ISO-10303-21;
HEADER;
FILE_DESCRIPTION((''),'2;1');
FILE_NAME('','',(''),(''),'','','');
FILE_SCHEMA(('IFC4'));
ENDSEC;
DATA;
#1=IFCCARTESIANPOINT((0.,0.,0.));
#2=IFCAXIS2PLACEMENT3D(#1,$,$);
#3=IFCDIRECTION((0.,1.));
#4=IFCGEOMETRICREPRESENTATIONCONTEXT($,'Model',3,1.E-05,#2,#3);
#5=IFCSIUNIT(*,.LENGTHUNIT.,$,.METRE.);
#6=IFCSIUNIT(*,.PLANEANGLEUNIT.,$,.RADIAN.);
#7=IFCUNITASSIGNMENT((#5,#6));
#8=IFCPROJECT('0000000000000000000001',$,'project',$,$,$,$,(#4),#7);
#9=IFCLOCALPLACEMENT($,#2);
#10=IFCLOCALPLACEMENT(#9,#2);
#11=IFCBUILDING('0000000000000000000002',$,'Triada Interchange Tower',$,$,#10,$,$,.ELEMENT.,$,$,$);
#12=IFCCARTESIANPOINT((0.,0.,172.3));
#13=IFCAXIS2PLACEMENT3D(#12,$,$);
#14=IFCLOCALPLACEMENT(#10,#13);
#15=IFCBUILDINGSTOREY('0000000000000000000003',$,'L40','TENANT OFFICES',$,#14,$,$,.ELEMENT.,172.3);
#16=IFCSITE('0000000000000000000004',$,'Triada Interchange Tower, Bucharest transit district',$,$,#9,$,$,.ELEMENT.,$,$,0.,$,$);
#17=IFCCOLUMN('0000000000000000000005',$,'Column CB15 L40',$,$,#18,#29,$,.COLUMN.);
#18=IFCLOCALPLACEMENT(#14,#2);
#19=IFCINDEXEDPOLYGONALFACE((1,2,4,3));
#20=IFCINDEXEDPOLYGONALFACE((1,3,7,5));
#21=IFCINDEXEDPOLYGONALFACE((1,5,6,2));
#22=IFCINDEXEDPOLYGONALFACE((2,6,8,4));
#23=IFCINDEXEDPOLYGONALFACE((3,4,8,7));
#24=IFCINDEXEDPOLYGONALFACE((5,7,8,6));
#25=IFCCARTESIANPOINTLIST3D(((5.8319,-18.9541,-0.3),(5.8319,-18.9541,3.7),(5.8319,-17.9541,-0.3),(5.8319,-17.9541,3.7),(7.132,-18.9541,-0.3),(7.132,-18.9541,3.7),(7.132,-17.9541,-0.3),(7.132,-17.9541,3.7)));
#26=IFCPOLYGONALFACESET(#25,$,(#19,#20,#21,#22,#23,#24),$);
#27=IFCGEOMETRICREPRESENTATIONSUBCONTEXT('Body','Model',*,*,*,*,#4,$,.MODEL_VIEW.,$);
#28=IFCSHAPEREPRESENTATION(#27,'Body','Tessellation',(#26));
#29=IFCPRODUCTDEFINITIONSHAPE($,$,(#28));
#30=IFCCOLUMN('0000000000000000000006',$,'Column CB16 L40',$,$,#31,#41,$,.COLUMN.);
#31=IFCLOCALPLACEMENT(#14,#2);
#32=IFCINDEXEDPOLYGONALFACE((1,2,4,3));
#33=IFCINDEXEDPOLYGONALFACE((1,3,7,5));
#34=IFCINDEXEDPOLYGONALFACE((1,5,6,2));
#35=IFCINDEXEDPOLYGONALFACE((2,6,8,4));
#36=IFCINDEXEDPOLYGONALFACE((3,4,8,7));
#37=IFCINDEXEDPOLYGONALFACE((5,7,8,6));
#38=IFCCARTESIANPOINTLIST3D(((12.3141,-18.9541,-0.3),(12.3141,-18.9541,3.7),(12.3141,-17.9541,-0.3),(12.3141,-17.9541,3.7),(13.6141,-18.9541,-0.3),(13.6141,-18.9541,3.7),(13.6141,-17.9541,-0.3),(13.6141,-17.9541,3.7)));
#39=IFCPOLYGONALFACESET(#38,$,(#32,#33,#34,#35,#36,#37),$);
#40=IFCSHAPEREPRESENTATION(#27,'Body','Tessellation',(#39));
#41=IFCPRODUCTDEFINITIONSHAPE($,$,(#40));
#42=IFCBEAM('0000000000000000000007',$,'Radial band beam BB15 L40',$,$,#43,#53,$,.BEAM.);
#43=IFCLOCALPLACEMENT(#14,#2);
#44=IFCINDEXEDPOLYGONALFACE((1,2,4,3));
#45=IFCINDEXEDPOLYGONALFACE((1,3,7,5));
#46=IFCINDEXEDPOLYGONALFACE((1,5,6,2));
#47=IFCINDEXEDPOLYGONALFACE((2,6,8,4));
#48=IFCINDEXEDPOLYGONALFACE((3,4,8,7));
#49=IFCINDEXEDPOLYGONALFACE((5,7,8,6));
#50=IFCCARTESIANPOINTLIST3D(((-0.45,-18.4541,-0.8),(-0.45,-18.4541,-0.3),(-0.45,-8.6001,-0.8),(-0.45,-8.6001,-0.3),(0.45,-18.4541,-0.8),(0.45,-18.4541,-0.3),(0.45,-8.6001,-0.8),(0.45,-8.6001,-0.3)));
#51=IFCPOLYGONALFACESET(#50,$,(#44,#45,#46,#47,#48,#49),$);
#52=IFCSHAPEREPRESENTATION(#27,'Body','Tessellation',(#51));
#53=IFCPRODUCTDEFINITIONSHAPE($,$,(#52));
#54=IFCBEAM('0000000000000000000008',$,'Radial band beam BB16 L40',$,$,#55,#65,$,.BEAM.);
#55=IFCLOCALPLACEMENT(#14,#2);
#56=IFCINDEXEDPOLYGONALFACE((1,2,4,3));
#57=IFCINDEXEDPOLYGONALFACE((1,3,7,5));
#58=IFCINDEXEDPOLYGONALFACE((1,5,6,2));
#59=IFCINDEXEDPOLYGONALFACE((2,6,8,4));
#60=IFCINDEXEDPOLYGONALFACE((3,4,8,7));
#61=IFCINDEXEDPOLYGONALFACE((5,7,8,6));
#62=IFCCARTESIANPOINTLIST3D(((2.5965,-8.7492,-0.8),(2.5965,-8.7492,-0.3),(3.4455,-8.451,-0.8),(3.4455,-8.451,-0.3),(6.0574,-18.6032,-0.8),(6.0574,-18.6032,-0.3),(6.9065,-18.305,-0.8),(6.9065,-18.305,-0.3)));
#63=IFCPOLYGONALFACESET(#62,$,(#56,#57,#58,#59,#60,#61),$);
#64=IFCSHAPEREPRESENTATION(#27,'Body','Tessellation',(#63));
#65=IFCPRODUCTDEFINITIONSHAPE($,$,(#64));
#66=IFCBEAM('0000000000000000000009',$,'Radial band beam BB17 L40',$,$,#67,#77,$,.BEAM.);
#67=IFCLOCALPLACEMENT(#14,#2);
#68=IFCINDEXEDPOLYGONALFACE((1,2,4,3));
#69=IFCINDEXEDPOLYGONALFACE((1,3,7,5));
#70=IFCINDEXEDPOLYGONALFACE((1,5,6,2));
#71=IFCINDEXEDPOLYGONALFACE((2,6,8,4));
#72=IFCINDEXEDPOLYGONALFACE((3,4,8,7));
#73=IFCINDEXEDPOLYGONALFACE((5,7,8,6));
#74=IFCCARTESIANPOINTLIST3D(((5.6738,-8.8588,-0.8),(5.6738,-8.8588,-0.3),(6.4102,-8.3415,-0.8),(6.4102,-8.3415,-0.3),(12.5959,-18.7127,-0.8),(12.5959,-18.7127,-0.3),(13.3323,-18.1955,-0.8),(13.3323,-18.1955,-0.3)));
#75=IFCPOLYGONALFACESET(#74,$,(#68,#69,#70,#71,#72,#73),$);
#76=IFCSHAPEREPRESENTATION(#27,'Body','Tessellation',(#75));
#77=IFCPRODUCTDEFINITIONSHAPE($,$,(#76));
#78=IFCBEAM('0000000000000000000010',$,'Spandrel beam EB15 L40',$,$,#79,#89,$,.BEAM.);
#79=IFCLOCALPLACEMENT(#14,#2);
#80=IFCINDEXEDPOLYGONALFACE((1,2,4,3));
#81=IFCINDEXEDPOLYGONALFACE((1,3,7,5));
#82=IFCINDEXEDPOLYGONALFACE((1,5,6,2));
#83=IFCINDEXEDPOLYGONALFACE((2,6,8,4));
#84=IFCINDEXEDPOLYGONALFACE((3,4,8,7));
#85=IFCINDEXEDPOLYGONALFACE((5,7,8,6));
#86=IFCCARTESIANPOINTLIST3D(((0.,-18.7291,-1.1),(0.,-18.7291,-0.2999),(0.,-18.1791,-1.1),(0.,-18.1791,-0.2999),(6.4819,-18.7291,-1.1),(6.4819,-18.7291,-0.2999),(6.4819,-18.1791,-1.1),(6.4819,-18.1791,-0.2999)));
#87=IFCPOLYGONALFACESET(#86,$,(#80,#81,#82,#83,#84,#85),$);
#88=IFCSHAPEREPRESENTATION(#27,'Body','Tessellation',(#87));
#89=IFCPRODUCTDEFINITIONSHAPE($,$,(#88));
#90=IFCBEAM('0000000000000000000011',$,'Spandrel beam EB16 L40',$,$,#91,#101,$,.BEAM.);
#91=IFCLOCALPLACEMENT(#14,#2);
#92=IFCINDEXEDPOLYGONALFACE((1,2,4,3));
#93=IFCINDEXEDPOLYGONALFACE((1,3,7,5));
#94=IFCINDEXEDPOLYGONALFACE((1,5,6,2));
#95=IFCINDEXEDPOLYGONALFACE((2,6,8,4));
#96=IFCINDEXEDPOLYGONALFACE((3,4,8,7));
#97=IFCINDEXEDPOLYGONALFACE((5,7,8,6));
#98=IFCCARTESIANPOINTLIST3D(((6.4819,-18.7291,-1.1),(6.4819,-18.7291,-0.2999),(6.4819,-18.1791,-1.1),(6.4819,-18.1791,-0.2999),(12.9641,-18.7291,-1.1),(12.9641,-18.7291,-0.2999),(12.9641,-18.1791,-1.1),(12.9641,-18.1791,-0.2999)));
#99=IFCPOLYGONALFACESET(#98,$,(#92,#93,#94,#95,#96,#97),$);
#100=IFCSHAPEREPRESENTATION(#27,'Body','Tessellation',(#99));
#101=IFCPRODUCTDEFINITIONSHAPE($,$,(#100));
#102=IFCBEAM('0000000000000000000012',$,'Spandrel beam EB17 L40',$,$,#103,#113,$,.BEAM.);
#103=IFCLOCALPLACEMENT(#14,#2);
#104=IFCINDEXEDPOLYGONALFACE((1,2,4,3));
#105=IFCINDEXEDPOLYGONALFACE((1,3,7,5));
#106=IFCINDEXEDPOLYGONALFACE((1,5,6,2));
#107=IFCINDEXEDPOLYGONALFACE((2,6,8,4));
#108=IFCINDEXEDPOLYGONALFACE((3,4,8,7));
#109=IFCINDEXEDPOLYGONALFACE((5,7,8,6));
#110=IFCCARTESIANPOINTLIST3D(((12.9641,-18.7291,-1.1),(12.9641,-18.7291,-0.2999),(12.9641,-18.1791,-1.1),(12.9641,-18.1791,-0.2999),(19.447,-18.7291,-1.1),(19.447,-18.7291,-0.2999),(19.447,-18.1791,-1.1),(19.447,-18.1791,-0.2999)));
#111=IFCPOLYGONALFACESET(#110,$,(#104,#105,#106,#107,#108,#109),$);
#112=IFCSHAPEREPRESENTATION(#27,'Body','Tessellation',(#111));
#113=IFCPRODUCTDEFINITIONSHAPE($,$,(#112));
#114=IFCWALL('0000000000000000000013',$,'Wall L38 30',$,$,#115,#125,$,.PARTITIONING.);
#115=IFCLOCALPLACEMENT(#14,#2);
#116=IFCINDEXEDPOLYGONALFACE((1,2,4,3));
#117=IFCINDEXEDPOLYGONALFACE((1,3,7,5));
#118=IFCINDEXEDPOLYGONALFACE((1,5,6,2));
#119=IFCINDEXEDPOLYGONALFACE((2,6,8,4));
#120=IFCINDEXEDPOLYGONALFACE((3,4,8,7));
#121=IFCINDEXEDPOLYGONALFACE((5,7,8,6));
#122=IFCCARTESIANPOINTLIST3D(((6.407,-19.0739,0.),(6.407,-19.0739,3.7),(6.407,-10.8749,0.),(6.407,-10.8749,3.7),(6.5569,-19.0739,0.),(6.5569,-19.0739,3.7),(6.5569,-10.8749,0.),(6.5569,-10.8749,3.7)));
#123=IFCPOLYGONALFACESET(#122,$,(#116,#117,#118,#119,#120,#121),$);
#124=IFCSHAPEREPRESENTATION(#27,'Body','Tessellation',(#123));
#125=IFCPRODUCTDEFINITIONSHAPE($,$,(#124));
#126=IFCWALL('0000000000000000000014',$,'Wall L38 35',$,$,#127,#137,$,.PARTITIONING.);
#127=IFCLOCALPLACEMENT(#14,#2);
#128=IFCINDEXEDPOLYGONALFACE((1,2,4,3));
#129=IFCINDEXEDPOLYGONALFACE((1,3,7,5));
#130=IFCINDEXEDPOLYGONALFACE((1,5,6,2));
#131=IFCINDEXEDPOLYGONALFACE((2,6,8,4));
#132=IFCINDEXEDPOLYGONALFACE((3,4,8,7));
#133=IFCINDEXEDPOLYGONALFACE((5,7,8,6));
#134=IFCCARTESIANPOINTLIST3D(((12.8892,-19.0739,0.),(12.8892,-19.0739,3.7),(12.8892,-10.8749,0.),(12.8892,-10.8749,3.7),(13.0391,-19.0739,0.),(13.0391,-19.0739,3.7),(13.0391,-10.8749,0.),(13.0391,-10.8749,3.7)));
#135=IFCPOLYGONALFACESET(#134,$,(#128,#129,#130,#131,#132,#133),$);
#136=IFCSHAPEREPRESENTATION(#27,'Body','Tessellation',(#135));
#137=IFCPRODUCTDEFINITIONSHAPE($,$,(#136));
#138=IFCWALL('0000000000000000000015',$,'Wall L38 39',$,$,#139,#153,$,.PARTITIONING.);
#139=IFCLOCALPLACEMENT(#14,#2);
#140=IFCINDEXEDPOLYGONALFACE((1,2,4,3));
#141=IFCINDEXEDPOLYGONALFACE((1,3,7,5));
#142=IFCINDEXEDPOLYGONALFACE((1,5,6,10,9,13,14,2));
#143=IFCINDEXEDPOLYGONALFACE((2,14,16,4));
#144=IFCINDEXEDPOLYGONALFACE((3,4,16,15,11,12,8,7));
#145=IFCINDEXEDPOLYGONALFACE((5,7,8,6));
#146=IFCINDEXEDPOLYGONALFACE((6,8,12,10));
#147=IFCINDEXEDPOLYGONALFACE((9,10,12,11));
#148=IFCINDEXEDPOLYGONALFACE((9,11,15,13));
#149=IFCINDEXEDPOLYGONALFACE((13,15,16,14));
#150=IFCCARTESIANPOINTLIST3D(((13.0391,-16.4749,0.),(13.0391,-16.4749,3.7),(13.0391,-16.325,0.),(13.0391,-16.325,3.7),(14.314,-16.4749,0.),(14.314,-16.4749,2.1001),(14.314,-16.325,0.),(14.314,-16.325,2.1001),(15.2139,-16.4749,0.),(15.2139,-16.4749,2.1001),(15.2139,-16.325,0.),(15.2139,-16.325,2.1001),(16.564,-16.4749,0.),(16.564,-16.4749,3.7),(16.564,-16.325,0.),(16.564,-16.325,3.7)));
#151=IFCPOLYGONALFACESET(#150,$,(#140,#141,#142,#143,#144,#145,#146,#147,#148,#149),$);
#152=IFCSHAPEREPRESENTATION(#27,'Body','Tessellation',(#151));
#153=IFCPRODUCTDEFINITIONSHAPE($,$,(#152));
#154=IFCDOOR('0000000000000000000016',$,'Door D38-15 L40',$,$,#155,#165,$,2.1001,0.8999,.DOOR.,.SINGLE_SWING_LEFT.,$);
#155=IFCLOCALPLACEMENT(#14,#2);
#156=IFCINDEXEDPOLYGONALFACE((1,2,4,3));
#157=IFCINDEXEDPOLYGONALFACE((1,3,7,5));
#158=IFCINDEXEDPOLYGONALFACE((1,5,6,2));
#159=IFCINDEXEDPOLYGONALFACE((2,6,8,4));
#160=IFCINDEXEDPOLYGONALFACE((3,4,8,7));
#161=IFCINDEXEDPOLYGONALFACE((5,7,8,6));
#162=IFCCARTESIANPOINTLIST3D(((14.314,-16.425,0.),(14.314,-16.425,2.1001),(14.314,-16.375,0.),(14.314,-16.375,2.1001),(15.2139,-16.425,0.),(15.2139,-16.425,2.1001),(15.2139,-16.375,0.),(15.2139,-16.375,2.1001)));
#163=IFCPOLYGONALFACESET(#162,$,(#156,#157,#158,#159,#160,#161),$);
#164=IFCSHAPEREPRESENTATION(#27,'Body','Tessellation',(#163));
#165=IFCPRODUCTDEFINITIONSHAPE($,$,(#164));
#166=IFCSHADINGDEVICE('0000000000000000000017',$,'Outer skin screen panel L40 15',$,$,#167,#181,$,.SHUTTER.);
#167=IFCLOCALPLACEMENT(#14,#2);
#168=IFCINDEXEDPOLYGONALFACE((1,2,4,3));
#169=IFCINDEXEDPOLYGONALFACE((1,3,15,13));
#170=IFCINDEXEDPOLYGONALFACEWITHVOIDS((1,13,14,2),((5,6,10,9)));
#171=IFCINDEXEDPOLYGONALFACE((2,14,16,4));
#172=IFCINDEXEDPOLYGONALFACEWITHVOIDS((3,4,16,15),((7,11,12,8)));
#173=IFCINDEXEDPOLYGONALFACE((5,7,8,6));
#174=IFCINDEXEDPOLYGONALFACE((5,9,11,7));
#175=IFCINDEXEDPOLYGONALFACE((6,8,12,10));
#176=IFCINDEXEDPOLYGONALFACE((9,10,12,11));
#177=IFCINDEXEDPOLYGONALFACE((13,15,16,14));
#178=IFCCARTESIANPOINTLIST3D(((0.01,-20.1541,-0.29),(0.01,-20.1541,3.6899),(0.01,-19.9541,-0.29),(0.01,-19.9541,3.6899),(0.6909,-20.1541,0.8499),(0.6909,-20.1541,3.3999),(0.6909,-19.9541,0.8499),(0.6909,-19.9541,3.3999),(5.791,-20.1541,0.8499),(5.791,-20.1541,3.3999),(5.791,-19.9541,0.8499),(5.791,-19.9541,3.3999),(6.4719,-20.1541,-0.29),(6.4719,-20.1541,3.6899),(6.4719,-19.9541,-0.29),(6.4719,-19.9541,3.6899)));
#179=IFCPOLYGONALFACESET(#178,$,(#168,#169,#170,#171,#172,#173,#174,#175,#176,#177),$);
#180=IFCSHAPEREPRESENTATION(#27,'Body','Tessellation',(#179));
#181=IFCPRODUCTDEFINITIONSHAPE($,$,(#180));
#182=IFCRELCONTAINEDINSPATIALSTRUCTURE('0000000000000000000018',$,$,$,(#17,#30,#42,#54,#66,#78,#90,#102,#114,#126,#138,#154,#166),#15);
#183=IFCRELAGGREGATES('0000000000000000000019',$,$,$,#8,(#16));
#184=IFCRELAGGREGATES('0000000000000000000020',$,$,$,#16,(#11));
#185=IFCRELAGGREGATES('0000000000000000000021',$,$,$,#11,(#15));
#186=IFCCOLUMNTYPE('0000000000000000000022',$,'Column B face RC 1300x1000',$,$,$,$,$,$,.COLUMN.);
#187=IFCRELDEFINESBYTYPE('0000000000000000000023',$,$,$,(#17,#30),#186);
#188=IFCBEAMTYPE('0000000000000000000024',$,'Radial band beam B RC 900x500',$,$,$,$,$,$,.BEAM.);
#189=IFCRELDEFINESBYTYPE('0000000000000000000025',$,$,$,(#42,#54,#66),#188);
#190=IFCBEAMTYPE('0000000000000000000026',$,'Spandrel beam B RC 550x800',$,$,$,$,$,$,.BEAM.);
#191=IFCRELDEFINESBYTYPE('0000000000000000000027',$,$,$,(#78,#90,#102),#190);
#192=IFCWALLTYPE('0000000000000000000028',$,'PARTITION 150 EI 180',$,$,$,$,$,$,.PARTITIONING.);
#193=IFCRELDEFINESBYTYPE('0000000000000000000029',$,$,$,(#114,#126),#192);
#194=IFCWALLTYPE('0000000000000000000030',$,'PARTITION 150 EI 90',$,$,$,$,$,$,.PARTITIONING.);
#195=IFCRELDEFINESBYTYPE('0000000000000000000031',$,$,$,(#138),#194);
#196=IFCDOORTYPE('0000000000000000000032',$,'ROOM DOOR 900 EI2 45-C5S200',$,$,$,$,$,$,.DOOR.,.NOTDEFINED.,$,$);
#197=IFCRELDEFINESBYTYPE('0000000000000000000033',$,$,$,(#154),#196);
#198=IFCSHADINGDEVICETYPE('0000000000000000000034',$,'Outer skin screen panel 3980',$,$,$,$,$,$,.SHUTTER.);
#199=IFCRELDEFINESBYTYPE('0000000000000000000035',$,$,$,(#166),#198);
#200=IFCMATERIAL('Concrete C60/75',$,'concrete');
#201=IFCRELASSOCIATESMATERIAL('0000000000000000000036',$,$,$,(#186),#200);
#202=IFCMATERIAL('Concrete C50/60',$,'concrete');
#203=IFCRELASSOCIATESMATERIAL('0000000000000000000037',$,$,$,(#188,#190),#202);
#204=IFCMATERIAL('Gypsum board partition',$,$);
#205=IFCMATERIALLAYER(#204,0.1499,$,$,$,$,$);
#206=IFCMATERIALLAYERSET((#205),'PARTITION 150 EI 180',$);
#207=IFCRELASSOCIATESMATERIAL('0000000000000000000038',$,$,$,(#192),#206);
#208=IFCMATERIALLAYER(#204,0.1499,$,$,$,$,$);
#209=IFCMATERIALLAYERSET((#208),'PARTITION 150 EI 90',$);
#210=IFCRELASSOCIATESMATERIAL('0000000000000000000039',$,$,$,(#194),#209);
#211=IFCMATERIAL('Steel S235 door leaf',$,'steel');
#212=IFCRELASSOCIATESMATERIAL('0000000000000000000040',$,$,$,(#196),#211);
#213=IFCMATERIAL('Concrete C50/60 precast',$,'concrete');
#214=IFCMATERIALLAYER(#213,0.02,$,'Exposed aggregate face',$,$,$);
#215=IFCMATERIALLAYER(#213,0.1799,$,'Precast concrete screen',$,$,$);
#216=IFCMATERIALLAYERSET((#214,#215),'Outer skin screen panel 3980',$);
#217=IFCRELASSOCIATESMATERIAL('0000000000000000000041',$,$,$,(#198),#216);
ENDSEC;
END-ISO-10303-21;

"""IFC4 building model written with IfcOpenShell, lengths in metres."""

from ifc_helpers import new_model, si_unit, direction, frame, frame_2d, origin, origin_2d, place, context, subcontext, project, spatial, polyline, rectangle, outline, extrude, material, layer, layer_set, material_profile, profile_set, type_object, element, fill, save


model = new_model("IFC4")

# Units and contexts
model_context = context("Model", 3, precision=1e-05, world=origin(), true_north=direction((0.0, 1.0)))
body_context = subcontext(model_context, "Body", "Model", "MODEL_VIEW")
ifc_project = project(units=[si_unit("LENGTHUNIT", "METRE"), si_unit("PLANEANGLEUNIT", "RADIAN")], contexts=[model_context])

# Site, building, storey
site_placement = place(None, origin())
site = spatial("IfcSite", under=ifc_project, at=site_placement, Name="Triada Interchange Tower, Bucharest transit district", CompositionType="ELEMENT", RefElevation=0.0)
building_placement = place(site_placement, origin())
building = spatial("IfcBuilding", under=site, at=building_placement, Name="Triada Interchange Tower", CompositionType="ELEMENT")
storey_placement = place(building_placement, frame((0.0, 0.0, 172.3)))
storey = spatial("IfcBuildingStorey", under=building, at=storey_placement, Name="L40", Description="TENANT OFFICES", CompositionType="ELEMENT", Elevation=172.3)

# Columns
ifc_material_1 = material(Name="Concrete C60/75", Category="concrete")
ifc_material_profile_1 = material_profile(ifc_material_1, rectangle(XDim=1.3, YDim=1.0, at=origin_2d()), Name="RC 1300x1000")
ifc_profile_set_1 = profile_set([ifc_material_profile_1], Name="Concrete C60/75")
column_type = type_object("IfcColumnType", Name="Column B face RC 1300x1000", PredefinedType="COLUMN", material=ifc_profile_set_1)
for number, where, z_axis, x_axis, name in (
    (1, (6.4819, -18.4541, -0.3), (0.0, 0.0, 1.0), (1.0, 0.0, 0.0), "Column CB15 L40"),
    (2, (12.9641, -18.4541, -0.3), (0.0, 0.0, 1.0), (1.0, 0.0, 0.0), "Column CB16 L40"),
):
    element("IfcColumn", number, at=place(storey_placement, frame(where, z_axis=z_axis, x_axis=x_axis)), inside=storey, type_object=column_type, Name=name, PredefinedType="COLUMN", context=body_context, shape_type="SweptSolid", body=[
        extrude(rectangle(XDim=1.3, YDim=1.0, at=origin_2d()), origin(), (0.0, 0.0, 1.0), 4.0),
    ])

# Beams
ifc_material_2 = material(Name="Concrete C50/60", Category="concrete")
ifc_material_profile_2 = material_profile(ifc_material_2, rectangle(XDim=0.8999, YDim=0.5, at=origin_2d()), Name="RC 900x500")
ifc_profile_set_2 = profile_set([ifc_material_profile_2], Name="Concrete C50/60")
beam_type_1 = type_object("IfcBeamType", Name="Radial band beam B RC 900x500", PredefinedType="BEAM", material=ifc_profile_set_2)
beam_1_placement = place(storey_placement, frame((0.0, -18.4541, -0.55), z_axis=(0.0, 1.0, 0.0), x_axis=(-1.0, 0.0, 0.0)))
element("IfcBeam", 3, at=beam_1_placement, inside=storey, type_object=beam_type_1, Name="Radial band beam BB15 L40", PredefinedType="BEAM", context=body_context, shape_type="SweptSolid", body=[
    extrude(rectangle(XDim=0.8999, YDim=0.5, at=origin_2d()), origin(), (0.0, 0.0, 1.0), 9.854),
])
beam_2_placement = place(storey_placement, frame((6.4819, -18.4541, -0.55), z_axis=(-0.331377, 0.943498, 0.0), x_axis=(-0.943498, -0.331377, 0.0)))
element("IfcBeam", 4, at=beam_2_placement, inside=storey, type_object=beam_type_1, Name="Radial band beam BB16 L40", PredefinedType="BEAM", context=body_context, shape_type="SweptSolid", body=[
    extrude(rectangle(XDim=0.8999, YDim=0.5, at=origin_2d()), origin(), (0.0, 0.0, 1.0), 10.4441),
])
beam_3_placement = place(storey_placement, frame((12.9641, -18.4541, -0.55), z_axis=(-0.574817, 0.818282, 0.0), x_axis=(-0.818282, -0.574817, 0.0)))
element("IfcBeam", 5, at=beam_3_placement, inside=storey, type_object=beam_type_1, Name="Radial band beam BB17 L40", PredefinedType="BEAM", context=body_context, shape_type="SweptSolid", body=[
    extrude(rectangle(XDim=0.8999, YDim=0.5, at=origin_2d()), origin(), (0.0, 0.0, 1.0), 12.0422),
])
ifc_material_profile_3 = material_profile(ifc_material_2, rectangle(XDim=0.55, YDim=0.8, at=origin_2d()), Name="RC 550x800")
ifc_profile_set_3 = profile_set([ifc_material_profile_3], Name="Concrete C50/60")
beam_type_2 = type_object("IfcBeamType", Name="Spandrel beam B RC 550x800", PredefinedType="BEAM", material=ifc_profile_set_3)
beam_4_placement = place(storey_placement, frame((0.0, -18.4541, -0.7), z_axis=(1.0, 0.0, 0.0), x_axis=(0.0, 1.0, 0.0)))
element("IfcBeam", 6, at=beam_4_placement, inside=storey, type_object=beam_type_2, Name="Spandrel beam EB15 L40", PredefinedType="BEAM", context=body_context, shape_type="SweptSolid", body=[
    extrude(rectangle(XDim=0.55, YDim=0.8, at=origin_2d()), origin(), (0.0, 0.0, 1.0), 6.4819),
])
beam_5_placement = place(storey_placement, frame((6.4819, -18.4541, -0.7), z_axis=(1.0, 0.0, 0.0), x_axis=(0.0, 1.0, 0.0)))
element("IfcBeam", 7, at=beam_5_placement, inside=storey, type_object=beam_type_2, Name="Spandrel beam EB16 L40", PredefinedType="BEAM", context=body_context, shape_type="SweptSolid", body=[
    extrude(rectangle(XDim=0.55, YDim=0.8, at=origin_2d()), origin(), (0.0, 0.0, 1.0), 6.4822),
])
beam_6_placement = place(storey_placement, frame((12.9641, -18.4541, -0.7), z_axis=(1.0, 0.0, 0.0), x_axis=(0.0, 1.0, 0.0)))
element("IfcBeam", 8, at=beam_6_placement, inside=storey, type_object=beam_type_2, Name="Spandrel beam EB17 L40", PredefinedType="BEAM", context=body_context, shape_type="SweptSolid", body=[
    extrude(rectangle(XDim=0.55, YDim=0.8, at=origin_2d()), origin(), (0.0, 0.0, 1.0), 6.4829),
])

# Walls
ifc_material_3 = material(Name="Gypsum board partition")
ifc_layer_1 = layer(ifc_material_3, 0.1499)
ifc_layer_set_1 = layer_set([ifc_layer_1], Name="PARTITION 150 EI 180")
wall_type_1 = type_object("IfcWallType", Name="PARTITION 150 EI 180", PredefinedType="PARTITIONING", material=ifc_layer_set_1)
for number, where, z_axis, x_axis, name in (
    (9, (6.4819, -19.074, 0.0), (0.0, 0.0, 1.0), (0.0, 1.0, 0.0), "Wall L38 30"),
    (10, (12.9641, -19.074, 0.0), (0.0, 0.0, 1.0), (0.0, 1.0, 0.0), "Wall L38 35"),
):
    element("IfcWall", number, at=place(storey_placement, frame(where, z_axis=z_axis, x_axis=x_axis)), inside=storey, type_object=wall_type_1, Name=name, PredefinedType="PARTITIONING", context=body_context, shape_type="SweptSolid", body=[
        extrude(rectangle(XDim=8.199, YDim=0.1499, at=frame_2d((4.0996, 0.0))), origin(), (0.0, 0.0, 1.0), 3.7),
    ])

# Wall, opening, door
ifc_layer_2 = layer(ifc_material_3, 0.1499)
ifc_layer_set_2 = layer_set([ifc_layer_2], Name="PARTITION 150 EI 90")
wall_type_2 = type_object("IfcWallType", Name="PARTITION 150 EI 90", PredefinedType="PARTITIONING", material=ifc_layer_set_2)
wall_placement = place(storey_placement, frame((13.0391, -16.3999, 0.0), z_axis=(0.0, 0.0, 1.0), x_axis=(1.0, 0.0, 0.0)))
wall = element("IfcWall", 11, at=wall_placement, inside=storey, type_object=wall_type_2, Name="Wall L38 39", PredefinedType="PARTITIONING", context=body_context, shape_type="SweptSolid", body=[
    extrude(rectangle(XDim=3.5249, YDim=0.1499, at=frame_2d((1.7625, 0.0))), origin(), (0.0, 0.0, 1.0), 3.7),
])
opening_placement = place(wall_placement, frame((1.2749, 0.0, 0.0)))
opening = element("IfcOpeningElement", 12, at=opening_placement, cuts=wall, PredefinedType="OPENING", context=body_context, shape_type="SweptSolid", body=[
    extrude(rectangle(XDim=0.8999, YDim=2.1001, at=frame_2d((0.45, 1.05))), frame((0.0, 0.085, 0.0), z_axis=(0.0, -1.0, 0.0), x_axis=(1.0, 0.0, 0.0)), (0.0, 0.0, 1.0), 0.1699),
])
ifc_material_4 = material(Name="Steel S235 door leaf", Category="steel")
door_type = type_object("IfcDoorType", Name="ROOM DOOR 900 EI2 45-C5S200", OperationType="NOTDEFINED", PredefinedType="DOOR", material=ifc_material_4)
door_placement = place(opening_placement, origin())
door = element("IfcDoor", 13, at=door_placement, inside=storey, type_object=door_type, Name="Door D38-15 L40", OperationType="SINGLE_SWING_LEFT", OverallHeight=2.1001, OverallWidth=0.8999, PredefinedType="DOOR", context=body_context, shape_type="SweptSolid", body=[
    extrude(rectangle(XDim=0.8999, YDim=2.1001, at=frame_2d((0.45, 1.05))), frame((0.0, 0.0249, 0.0), z_axis=(0.0, -1.0, 0.0), x_axis=(1.0, 0.0, 0.0)), (0.0, 0.0, 1.0), 0.05),
])
fill(opening, door)

# Shading device
ifc_material_5 = material(Name="Concrete C50/60 precast", Category="concrete")
ifc_layer_3 = layer(ifc_material_5, 0.02, Name="Exposed aggregate face")
ifc_layer_4 = layer(ifc_material_5, 0.1799, Name="Precast concrete screen")
ifc_layer_set_3 = layer_set([ifc_layer_3, ifc_layer_4], Name="Outer skin screen panel 3980")
shading_device_type = type_object("IfcShadingDeviceType", Name="Outer skin screen panel 3980", PredefinedType="SHUTTER", material=ifc_layer_set_3)
shading_device_1_placement = place(storey_placement, frame((0.01, -19.9541, -0.29), z_axis=(0.0, 0.0, 1.0), x_axis=(1.0, 0.0, 0.0)))
element("IfcShadingDevice", 14, at=shading_device_1_placement, inside=storey, type_object=shading_device_type, Name="Outer skin screen panel L40 15", PredefinedType="SHUTTER", context=body_context, shape_type="SweptSolid", body=[
    extrude(outline(polyline([(0.0, 0.0), (6.4619, 0.0), (6.4619, 3.98), (0.0, 3.98), (0.0, 0.0)]), holes=[polyline([(0.6809, 1.1399), (0.6809, 3.6899), (5.781, 3.6899), (5.781, 1.1399), (0.6809, 1.1399)])]), frame((0.0, 0.0, 0.0), z_axis=(0.0, -1.0, 0.0), x_axis=(1.0, 0.0, 0.0)), (0.0, 0.0, 1.0), 0.2),
])

save(model, "model.ifc")
